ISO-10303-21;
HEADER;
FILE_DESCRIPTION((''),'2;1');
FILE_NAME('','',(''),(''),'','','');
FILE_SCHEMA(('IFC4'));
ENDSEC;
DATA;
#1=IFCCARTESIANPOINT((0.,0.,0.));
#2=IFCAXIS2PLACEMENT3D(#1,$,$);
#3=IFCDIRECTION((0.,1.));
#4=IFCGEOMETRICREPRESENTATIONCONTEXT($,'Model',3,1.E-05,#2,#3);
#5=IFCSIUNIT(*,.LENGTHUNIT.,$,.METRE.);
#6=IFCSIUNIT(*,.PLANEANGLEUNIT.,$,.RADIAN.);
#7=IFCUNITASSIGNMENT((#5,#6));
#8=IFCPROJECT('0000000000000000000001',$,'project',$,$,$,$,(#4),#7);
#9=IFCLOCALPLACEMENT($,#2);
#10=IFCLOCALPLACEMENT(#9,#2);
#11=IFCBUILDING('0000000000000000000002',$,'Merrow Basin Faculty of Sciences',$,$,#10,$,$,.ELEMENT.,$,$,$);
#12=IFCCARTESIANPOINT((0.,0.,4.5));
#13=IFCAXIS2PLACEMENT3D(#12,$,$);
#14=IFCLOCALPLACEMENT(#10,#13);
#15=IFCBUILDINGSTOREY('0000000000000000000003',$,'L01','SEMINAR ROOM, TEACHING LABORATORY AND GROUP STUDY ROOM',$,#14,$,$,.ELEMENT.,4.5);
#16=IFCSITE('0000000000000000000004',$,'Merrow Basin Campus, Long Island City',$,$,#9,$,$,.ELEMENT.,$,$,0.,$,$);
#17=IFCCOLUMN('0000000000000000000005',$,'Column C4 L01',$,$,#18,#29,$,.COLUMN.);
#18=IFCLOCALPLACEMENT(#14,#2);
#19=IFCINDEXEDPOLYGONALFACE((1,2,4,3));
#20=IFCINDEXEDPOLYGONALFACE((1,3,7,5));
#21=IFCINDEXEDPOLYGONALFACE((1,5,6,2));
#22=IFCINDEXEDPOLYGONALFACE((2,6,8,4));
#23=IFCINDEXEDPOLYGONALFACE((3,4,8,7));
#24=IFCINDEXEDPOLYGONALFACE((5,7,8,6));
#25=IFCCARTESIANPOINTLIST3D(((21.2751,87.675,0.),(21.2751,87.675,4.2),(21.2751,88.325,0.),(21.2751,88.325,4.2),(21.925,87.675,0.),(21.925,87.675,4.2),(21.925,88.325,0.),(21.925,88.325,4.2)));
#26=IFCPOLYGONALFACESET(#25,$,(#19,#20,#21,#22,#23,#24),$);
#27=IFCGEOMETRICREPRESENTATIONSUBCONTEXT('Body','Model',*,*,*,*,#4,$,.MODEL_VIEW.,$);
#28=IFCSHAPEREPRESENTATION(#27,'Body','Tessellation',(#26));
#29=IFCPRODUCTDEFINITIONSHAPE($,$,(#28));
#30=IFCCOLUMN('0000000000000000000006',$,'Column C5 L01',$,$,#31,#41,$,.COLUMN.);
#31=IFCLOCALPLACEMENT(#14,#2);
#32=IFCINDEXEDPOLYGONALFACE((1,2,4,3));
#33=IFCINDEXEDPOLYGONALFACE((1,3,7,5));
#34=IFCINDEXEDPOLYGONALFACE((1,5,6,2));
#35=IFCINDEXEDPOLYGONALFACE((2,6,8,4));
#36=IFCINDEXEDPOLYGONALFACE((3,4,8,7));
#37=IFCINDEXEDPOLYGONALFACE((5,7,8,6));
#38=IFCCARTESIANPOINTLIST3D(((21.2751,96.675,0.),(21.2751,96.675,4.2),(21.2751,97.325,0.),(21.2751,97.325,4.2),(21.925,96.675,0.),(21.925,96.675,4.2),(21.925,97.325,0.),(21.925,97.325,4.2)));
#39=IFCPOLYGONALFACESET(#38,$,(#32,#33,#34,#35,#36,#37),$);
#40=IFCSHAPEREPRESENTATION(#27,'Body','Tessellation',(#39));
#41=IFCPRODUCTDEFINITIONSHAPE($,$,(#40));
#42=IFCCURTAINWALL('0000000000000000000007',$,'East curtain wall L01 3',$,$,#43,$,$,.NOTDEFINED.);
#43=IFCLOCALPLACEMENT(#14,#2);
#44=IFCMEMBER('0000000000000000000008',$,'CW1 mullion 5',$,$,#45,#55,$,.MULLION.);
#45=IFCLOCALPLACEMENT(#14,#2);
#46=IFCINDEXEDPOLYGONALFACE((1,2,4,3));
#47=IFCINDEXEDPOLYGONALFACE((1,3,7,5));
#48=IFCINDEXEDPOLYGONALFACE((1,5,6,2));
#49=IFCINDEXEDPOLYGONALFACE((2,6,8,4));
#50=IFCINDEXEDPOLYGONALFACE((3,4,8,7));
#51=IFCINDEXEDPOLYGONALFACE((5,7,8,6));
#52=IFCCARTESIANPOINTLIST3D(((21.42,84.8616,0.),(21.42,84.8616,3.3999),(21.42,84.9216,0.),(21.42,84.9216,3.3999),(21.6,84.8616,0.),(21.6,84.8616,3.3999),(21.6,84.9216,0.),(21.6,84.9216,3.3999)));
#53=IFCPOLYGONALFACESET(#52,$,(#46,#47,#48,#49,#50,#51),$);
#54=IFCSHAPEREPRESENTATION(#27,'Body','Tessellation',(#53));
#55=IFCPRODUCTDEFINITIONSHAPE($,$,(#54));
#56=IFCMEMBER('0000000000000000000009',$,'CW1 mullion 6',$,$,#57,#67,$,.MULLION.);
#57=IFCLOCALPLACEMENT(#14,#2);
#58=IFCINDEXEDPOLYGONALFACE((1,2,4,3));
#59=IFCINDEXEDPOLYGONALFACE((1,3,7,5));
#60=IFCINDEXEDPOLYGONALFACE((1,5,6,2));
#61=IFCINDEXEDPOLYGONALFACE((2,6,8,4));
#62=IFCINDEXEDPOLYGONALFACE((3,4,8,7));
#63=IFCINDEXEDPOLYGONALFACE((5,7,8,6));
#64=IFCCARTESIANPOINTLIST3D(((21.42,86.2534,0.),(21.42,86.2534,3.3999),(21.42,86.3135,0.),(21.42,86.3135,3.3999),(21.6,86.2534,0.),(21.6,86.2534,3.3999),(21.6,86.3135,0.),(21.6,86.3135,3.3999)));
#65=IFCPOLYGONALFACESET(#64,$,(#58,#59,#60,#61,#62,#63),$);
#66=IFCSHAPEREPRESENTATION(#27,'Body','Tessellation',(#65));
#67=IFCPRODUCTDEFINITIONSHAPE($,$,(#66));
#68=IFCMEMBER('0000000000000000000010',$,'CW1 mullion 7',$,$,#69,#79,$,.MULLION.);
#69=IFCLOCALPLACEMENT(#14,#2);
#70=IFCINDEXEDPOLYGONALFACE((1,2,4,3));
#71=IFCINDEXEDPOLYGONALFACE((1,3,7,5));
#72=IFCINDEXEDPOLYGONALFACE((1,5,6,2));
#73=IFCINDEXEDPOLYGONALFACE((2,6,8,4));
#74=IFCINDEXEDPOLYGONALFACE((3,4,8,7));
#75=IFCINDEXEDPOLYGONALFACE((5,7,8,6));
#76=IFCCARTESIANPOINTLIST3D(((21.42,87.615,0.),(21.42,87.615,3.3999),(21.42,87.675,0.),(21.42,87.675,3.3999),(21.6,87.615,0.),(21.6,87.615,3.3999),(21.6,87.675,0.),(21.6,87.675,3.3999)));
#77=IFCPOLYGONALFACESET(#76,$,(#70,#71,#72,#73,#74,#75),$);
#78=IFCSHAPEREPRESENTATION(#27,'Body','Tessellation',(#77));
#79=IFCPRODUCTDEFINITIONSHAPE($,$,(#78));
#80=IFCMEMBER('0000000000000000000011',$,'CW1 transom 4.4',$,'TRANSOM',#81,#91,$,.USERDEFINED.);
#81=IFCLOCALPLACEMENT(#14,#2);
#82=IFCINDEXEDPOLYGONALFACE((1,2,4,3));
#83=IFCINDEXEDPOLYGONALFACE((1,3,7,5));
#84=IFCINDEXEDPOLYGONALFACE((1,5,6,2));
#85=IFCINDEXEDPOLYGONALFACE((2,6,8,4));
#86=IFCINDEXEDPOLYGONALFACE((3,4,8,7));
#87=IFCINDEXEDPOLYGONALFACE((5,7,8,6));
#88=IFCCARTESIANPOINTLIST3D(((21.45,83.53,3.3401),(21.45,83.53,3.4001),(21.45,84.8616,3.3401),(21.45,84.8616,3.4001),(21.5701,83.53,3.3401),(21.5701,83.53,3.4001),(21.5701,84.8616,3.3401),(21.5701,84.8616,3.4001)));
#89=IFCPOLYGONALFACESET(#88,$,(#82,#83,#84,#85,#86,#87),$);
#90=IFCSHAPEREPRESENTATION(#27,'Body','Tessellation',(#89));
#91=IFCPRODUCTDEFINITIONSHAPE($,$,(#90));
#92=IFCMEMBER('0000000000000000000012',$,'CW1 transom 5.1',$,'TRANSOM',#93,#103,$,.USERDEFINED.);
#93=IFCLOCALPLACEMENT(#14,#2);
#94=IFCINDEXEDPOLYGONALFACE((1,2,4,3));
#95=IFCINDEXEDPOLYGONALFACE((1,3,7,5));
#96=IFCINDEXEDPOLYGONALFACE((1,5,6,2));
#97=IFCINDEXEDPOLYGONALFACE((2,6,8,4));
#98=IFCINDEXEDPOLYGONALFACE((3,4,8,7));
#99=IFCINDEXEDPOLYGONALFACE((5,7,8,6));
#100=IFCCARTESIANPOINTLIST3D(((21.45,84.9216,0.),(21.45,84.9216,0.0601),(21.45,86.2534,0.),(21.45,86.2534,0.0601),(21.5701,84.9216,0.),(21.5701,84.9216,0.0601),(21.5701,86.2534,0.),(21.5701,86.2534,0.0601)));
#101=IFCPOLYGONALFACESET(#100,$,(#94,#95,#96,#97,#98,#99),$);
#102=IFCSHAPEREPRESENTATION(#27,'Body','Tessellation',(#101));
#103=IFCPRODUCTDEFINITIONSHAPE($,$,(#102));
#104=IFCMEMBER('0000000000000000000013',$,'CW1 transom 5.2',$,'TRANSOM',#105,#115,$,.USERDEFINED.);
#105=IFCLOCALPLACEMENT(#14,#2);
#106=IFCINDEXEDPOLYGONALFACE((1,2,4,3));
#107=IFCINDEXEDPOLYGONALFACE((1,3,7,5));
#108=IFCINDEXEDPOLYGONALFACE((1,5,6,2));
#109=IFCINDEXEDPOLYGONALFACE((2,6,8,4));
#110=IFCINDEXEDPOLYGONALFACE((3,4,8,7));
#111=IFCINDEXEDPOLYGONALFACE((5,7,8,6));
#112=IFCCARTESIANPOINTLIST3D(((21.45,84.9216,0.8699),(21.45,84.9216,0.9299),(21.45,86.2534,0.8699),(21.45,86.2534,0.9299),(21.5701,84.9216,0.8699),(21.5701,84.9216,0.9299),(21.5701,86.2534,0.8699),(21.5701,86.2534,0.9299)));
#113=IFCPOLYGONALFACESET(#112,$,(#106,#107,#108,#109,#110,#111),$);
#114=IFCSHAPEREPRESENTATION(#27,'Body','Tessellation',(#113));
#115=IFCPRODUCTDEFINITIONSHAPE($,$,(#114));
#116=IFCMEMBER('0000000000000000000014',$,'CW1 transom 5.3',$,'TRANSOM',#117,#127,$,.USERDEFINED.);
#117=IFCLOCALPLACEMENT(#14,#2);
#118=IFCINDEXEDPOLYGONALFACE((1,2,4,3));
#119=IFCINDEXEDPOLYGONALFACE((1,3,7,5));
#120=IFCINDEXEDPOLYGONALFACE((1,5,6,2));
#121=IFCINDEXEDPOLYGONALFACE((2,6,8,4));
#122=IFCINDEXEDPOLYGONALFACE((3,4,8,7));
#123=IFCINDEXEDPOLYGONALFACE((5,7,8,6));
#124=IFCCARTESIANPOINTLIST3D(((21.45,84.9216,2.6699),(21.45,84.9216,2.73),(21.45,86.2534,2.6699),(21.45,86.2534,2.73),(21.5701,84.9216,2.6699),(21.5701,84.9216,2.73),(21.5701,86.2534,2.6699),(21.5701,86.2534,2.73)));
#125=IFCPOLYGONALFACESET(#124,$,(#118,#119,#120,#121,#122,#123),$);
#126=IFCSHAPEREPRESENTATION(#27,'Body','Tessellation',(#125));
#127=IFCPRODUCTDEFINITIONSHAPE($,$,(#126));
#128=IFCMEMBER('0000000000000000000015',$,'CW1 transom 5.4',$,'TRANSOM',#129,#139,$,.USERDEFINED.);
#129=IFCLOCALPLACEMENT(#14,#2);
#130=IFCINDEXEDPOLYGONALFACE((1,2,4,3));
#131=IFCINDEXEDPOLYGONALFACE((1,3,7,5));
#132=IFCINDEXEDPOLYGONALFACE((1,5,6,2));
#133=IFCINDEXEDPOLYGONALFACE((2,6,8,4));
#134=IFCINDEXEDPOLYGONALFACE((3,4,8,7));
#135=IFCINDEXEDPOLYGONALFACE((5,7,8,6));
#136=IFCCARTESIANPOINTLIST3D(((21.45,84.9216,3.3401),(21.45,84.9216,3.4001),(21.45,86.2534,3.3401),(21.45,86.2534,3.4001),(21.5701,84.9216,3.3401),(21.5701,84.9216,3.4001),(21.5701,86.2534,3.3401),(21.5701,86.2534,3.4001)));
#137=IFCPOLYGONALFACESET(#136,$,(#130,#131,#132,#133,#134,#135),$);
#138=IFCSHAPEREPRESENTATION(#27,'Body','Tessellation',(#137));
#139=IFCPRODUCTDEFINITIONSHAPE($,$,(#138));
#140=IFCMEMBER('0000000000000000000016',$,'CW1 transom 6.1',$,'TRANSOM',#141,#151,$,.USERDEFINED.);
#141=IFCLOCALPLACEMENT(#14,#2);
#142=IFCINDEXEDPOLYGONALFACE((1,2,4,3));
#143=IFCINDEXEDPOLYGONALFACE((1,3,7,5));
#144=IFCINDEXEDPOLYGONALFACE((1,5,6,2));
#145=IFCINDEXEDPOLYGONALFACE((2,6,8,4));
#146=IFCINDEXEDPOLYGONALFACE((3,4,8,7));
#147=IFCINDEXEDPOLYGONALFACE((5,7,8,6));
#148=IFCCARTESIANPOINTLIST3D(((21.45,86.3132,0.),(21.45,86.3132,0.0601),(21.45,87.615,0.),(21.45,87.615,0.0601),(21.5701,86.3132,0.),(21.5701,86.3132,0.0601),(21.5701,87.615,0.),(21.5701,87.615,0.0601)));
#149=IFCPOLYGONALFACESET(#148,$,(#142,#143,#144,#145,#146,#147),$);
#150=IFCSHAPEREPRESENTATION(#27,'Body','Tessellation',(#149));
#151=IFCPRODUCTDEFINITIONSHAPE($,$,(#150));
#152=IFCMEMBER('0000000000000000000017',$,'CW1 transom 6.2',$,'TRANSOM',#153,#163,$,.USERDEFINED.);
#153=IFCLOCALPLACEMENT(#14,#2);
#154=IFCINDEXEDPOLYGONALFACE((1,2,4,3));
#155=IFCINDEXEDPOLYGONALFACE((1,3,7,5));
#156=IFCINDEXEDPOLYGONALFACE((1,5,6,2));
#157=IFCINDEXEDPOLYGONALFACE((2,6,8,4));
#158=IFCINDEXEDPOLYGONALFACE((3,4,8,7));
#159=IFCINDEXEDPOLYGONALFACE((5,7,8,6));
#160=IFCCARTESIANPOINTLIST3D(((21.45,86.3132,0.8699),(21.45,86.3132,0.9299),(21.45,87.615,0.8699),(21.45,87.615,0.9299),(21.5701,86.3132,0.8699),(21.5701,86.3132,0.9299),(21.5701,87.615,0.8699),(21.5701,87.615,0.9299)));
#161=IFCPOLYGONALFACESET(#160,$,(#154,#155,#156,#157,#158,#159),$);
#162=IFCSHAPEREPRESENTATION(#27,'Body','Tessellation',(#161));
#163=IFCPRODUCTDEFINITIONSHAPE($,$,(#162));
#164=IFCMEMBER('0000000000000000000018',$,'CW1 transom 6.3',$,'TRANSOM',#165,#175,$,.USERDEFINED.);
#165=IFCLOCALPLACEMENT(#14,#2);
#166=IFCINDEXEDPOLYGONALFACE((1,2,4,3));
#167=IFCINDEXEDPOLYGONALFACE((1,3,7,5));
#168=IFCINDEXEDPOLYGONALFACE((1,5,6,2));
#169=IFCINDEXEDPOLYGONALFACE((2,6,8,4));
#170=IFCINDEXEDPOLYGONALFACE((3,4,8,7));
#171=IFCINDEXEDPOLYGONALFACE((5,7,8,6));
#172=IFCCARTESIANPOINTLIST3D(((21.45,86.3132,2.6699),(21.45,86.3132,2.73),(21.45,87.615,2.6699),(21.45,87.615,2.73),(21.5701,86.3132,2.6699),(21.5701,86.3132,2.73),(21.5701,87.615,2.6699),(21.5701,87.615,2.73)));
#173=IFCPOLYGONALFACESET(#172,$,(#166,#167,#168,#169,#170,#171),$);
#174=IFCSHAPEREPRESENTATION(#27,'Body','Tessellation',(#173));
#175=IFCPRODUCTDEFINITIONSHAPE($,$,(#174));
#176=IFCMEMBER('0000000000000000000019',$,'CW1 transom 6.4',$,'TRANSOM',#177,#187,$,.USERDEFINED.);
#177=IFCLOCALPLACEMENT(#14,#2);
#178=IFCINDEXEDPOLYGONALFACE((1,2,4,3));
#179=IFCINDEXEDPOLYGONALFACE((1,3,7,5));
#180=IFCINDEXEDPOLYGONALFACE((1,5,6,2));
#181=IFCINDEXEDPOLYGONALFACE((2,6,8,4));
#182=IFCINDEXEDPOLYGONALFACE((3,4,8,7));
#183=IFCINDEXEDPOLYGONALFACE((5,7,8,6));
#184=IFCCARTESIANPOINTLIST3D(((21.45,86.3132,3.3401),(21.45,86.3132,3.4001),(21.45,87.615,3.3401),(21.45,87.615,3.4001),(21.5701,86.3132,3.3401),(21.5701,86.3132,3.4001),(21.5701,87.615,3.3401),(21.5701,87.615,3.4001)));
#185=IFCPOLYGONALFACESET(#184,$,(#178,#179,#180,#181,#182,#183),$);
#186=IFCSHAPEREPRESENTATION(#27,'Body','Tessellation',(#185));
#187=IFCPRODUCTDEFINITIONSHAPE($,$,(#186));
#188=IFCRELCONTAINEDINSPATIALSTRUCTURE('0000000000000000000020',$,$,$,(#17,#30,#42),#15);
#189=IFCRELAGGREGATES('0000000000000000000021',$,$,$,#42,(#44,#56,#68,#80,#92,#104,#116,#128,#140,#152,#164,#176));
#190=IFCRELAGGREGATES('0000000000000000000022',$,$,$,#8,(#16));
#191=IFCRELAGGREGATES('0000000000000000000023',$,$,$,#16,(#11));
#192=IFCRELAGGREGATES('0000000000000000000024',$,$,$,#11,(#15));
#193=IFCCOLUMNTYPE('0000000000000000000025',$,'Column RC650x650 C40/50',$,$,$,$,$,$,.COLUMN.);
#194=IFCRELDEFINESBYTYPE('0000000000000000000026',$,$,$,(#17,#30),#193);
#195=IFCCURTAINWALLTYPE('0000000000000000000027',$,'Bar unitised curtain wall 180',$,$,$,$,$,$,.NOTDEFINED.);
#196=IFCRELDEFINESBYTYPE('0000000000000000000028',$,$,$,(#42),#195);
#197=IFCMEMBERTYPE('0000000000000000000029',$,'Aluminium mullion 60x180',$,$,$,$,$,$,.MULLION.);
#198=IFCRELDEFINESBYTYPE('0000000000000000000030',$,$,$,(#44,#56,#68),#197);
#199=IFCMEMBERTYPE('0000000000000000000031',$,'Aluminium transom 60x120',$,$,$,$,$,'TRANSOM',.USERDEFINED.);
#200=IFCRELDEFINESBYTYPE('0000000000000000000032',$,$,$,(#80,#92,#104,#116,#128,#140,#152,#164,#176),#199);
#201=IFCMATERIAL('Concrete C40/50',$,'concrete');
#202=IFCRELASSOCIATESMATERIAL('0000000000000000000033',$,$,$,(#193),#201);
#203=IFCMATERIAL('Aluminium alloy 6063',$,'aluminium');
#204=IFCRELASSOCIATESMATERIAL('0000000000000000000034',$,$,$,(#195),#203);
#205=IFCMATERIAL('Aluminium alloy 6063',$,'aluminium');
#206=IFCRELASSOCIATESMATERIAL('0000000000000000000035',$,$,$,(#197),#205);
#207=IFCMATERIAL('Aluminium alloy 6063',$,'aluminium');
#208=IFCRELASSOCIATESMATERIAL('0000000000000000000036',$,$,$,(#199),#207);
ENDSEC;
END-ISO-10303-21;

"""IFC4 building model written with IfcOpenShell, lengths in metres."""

from ifc_helpers import new_model, si_unit, direction, frame, origin, origin_2d, place, context, subcontext, project, spatial, rectangle, extrude, material, material_profile, profile_set, type_object, element, aggregate, save


model = new_model("IFC4")

# Units and contexts
model_context = context("Model", 3, precision=1e-05, world=origin(), true_north=direction((0.0, 1.0)))
body_context = subcontext(model_context, "Body", "Model", "MODEL_VIEW")
ifc_project = project(units=[si_unit("LENGTHUNIT", "METRE"), si_unit("PLANEANGLEUNIT", "RADIAN")], contexts=[model_context])

# Site, building, storey
site_placement = place(None, origin())
site = spatial("IfcSite", under=ifc_project, at=site_placement, Name="Merrow Basin Campus, Long Island City", CompositionType="ELEMENT", RefElevation=0.0)
building_placement = place(site_placement, origin())
building = spatial("IfcBuilding", under=site, at=building_placement, Name="Merrow Basin Faculty of Sciences", CompositionType="ELEMENT")
storey_placement = place(building_placement, frame((0.0, 0.0, 4.5)))
storey = spatial("IfcBuildingStorey", under=building, at=storey_placement, Name="L01", Description="SEMINAR ROOM, TEACHING LABORATORY AND GROUP STUDY ROOM", CompositionType="ELEMENT", Elevation=4.5)

# Columns
ifc_material_1 = material(Name="Concrete C40/50", Category="concrete")
ifc_material_profile_1 = material_profile(ifc_material_1, rectangle(XDim=0.6499, YDim=0.6499, at=origin_2d()))
ifc_profile_set_1 = profile_set([ifc_material_profile_1], Name="Concrete C40/50")
column_type = type_object("IfcColumnType", Name="Column RC650x650 C40/50", PredefinedType="COLUMN", material=ifc_profile_set_1)
for number, where, z_axis, x_axis, name in (
    (1, (21.6001, 88.0, 0.0), (0.0, 0.0, 1.0), (1.0, 0.0, 0.0), "Column C4 L01"),
    (2, (21.6001, 97.0, 0.0), (0.0, 0.0, 1.0), (1.0, 0.0, 0.0), "Column C5 L01"),
):
    element("IfcColumn", number, at=place(storey_placement, frame(where, z_axis=z_axis, x_axis=x_axis)), inside=storey, type_object=column_type, Name=name, PredefinedType="COLUMN", context=body_context, shape_type="SweptSolid", body=[
        extrude(rectangle(XDim=0.6499, YDim=0.6499, at=origin_2d()), origin(), (0.0, 0.0, 1.0), 4.2),
    ])

# Curtain wall, members
ifc_material_2 = material(Name="Aluminium alloy 6063", Category="aluminium")
curtain_wall_type = type_object("IfcCurtainWallType", Name="Bar unitised curtain wall 180", PredefinedType="NOTDEFINED", material=ifc_material_2)
curtain_wall_placement = place(storey_placement, origin())
curtain_wall = element("IfcCurtainWall", 3, at=curtain_wall_placement, inside=storey, type_object=curtain_wall_type, Name="East curtain wall L01 3", PredefinedType="NOTDEFINED")
ifc_material_3 = material(Name="Aluminium alloy 6063", Category="aluminium")
ifc_material_profile_2 = material_profile(ifc_material_3, rectangle(XDim=0.1799, YDim=0.0601, at=origin_2d()))
ifc_profile_set_2 = profile_set([ifc_material_profile_2], Name="Aluminium alloy 6063")
member_type_1 = type_object("IfcMemberType", Name="Aluminium mullion 60x180", PredefinedType="MULLION", material=ifc_profile_set_2)
member_1_placement = place(storey_placement, frame((21.51, 84.8916, 0.0), z_axis=(0.0, 0.0, 1.0), x_axis=(-1.0, 0.0, 0.0)))
member_1 = element("IfcMember", 4, at=member_1_placement, type_object=member_type_1, Name="CW1 mullion 5", PredefinedType="MULLION", context=body_context, shape_type="SweptSolid", body=[
    extrude(rectangle(XDim=0.1799, YDim=0.0601, at=origin_2d()), origin(), (0.0, 0.0, 1.0), 3.3999),
])
member_2_placement = place(storey_placement, frame((21.51, 86.2834, 0.0), z_axis=(0.0, 0.0, 1.0), x_axis=(-1.0, 0.0, 0.0)))
member_2 = element("IfcMember", 5, at=member_2_placement, type_object=member_type_1, Name="CW1 mullion 6", PredefinedType="MULLION", context=body_context, shape_type="SweptSolid", body=[
    extrude(rectangle(XDim=0.1799, YDim=0.0601, at=origin_2d()), origin(), (0.0, 0.0, 1.0), 3.3999),
])
member_3_placement = place(storey_placement, frame((21.51, 87.645, 0.0), z_axis=(0.0, 0.0, 1.0), x_axis=(-1.0, 0.0, 0.0)))
member_3 = element("IfcMember", 6, at=member_3_placement, type_object=member_type_1, Name="CW1 mullion 7", PredefinedType="MULLION", context=body_context, shape_type="SweptSolid", body=[
    extrude(rectangle(XDim=0.1799, YDim=0.0601, at=origin_2d()), origin(), (0.0, 0.0, 1.0), 3.3999),
])
ifc_material_4 = material(Name="Aluminium alloy 6063", Category="aluminium")
ifc_material_profile_3 = material_profile(ifc_material_4, rectangle(XDim=0.1201, YDim=0.0601, at=origin_2d()))
ifc_profile_set_3 = profile_set([ifc_material_profile_3], Name="Aluminium alloy 6063")
member_type_2 = type_object("IfcMemberType", Name="Aluminium transom 60x120", ElementType="TRANSOM", PredefinedType="USERDEFINED", material=ifc_profile_set_3)
member_4_placement = place(storey_placement, frame((21.51, 83.53, 3.3701), z_axis=(0.0, 1.0, 0.0), x_axis=(-1.0, 0.0, 0.0)))
member_4 = element("IfcMember", 7, at=member_4_placement, type_object=member_type_2, Name="CW1 transom 4.4", ObjectType="TRANSOM", PredefinedType="USERDEFINED", context=body_context, shape_type="SweptSolid", body=[
    extrude(rectangle(XDim=0.1201, YDim=0.0601, at=origin_2d()), origin(), (0.0, 0.0, 1.0), 1.3315),
])
member_5_placement = place(storey_placement, frame((21.51, 84.9216, 0.03), z_axis=(0.0, 1.0, 0.0), x_axis=(-1.0, 0.0, 0.0)))
member_5 = element("IfcMember", 8, at=member_5_placement, type_object=member_type_2, Name="CW1 transom 5.1", ObjectType="TRANSOM", PredefinedType="USERDEFINED", context=body_context, shape_type="SweptSolid", body=[
    extrude(rectangle(XDim=0.1201, YDim=0.0601, at=origin_2d()), origin(), (0.0, 0.0, 1.0), 1.3318),
])
member_6_placement = place(storey_placement, frame((21.51, 84.9216, 0.8999), z_axis=(0.0, 1.0, 0.0), x_axis=(-1.0, 0.0, 0.0)))
member_6 = element("IfcMember", 9, at=member_6_placement, type_object=member_type_2, Name="CW1 transom 5.2", ObjectType="TRANSOM", PredefinedType="USERDEFINED", context=body_context, shape_type="SweptSolid", body=[
    extrude(rectangle(XDim=0.1201, YDim=0.0601, at=origin_2d()), origin(), (0.0, 0.0, 1.0), 1.3318),
])
member_7_placement = place(storey_placement, frame((21.51, 84.9216, 2.7), z_axis=(0.0, 1.0, 0.0), x_axis=(-1.0, 0.0, 0.0)))
member_7 = element("IfcMember", 10, at=member_7_placement, type_object=member_type_2, Name="CW1 transom 5.3", ObjectType="TRANSOM", PredefinedType="USERDEFINED", context=body_context, shape_type="SweptSolid", body=[
    extrude(rectangle(XDim=0.1201, YDim=0.0601, at=origin_2d()), origin(), (0.0, 0.0, 1.0), 1.3318),
])
member_8_placement = place(storey_placement, frame((21.51, 84.9216, 3.3701), z_axis=(0.0, 1.0, 0.0), x_axis=(-1.0, 0.0, 0.0)))
member_8 = element("IfcMember", 11, at=member_8_placement, type_object=member_type_2, Name="CW1 transom 5.4", ObjectType="TRANSOM", PredefinedType="USERDEFINED", context=body_context, shape_type="SweptSolid", body=[
    extrude(rectangle(XDim=0.1201, YDim=0.0601, at=origin_2d()), origin(), (0.0, 0.0, 1.0), 1.3318),
])
member_9_placement = place(storey_placement, frame((21.51, 86.3132, 0.03), z_axis=(0.0, 1.0, 0.0), x_axis=(-1.0, 0.0, 0.0)))
member_9 = element("IfcMember", 12, at=member_9_placement, type_object=member_type_2, Name="CW1 transom 6.1", ObjectType="TRANSOM", PredefinedType="USERDEFINED", context=body_context, shape_type="SweptSolid", body=[
    extrude(rectangle(XDim=0.1201, YDim=0.0601, at=origin_2d()), origin(), (0.0, 0.0, 1.0), 1.3018),
])
member_10_placement = place(storey_placement, frame((21.51, 86.3132, 0.8999), z_axis=(0.0, 1.0, 0.0), x_axis=(-1.0, 0.0, 0.0)))
member_10 = element("IfcMember", 13, at=member_10_placement, type_object=member_type_2, Name="CW1 transom 6.2", ObjectType="TRANSOM", PredefinedType="USERDEFINED", context=body_context, shape_type="SweptSolid", body=[
    extrude(rectangle(XDim=0.1201, YDim=0.0601, at=origin_2d()), origin(), (0.0, 0.0, 1.0), 1.3018),
])
member_11_placement = place(storey_placement, frame((21.51, 86.3132, 2.7), z_axis=(0.0, 1.0, 0.0), x_axis=(-1.0, 0.0, 0.0)))
member_11 = element("IfcMember", 14, at=member_11_placement, type_object=member_type_2, Name="CW1 transom 6.3", ObjectType="TRANSOM", PredefinedType="USERDEFINED", context=body_context, shape_type="SweptSolid", body=[
    extrude(rectangle(XDim=0.1201, YDim=0.0601, at=origin_2d()), origin(), (0.0, 0.0, 1.0), 1.3018),
])
member_12_placement = place(storey_placement, frame((21.51, 86.3132, 3.3701), z_axis=(0.0, 1.0, 0.0), x_axis=(-1.0, 0.0, 0.0)))
member_12 = element("IfcMember", 15, at=member_12_placement, type_object=member_type_2, Name="CW1 transom 6.4", ObjectType="TRANSOM", PredefinedType="USERDEFINED", context=body_context, shape_type="SweptSolid", body=[
    extrude(rectangle(XDim=0.1201, YDim=0.0601, at=origin_2d()), origin(), (0.0, 0.0, 1.0), 1.3018),
])
aggregate(curtain_wall, [member_1, member_2, member_3, member_4, member_5, member_6, member_7, member_8, member_9, member_10, member_11, member_12])

save(model, "model.ifc")
